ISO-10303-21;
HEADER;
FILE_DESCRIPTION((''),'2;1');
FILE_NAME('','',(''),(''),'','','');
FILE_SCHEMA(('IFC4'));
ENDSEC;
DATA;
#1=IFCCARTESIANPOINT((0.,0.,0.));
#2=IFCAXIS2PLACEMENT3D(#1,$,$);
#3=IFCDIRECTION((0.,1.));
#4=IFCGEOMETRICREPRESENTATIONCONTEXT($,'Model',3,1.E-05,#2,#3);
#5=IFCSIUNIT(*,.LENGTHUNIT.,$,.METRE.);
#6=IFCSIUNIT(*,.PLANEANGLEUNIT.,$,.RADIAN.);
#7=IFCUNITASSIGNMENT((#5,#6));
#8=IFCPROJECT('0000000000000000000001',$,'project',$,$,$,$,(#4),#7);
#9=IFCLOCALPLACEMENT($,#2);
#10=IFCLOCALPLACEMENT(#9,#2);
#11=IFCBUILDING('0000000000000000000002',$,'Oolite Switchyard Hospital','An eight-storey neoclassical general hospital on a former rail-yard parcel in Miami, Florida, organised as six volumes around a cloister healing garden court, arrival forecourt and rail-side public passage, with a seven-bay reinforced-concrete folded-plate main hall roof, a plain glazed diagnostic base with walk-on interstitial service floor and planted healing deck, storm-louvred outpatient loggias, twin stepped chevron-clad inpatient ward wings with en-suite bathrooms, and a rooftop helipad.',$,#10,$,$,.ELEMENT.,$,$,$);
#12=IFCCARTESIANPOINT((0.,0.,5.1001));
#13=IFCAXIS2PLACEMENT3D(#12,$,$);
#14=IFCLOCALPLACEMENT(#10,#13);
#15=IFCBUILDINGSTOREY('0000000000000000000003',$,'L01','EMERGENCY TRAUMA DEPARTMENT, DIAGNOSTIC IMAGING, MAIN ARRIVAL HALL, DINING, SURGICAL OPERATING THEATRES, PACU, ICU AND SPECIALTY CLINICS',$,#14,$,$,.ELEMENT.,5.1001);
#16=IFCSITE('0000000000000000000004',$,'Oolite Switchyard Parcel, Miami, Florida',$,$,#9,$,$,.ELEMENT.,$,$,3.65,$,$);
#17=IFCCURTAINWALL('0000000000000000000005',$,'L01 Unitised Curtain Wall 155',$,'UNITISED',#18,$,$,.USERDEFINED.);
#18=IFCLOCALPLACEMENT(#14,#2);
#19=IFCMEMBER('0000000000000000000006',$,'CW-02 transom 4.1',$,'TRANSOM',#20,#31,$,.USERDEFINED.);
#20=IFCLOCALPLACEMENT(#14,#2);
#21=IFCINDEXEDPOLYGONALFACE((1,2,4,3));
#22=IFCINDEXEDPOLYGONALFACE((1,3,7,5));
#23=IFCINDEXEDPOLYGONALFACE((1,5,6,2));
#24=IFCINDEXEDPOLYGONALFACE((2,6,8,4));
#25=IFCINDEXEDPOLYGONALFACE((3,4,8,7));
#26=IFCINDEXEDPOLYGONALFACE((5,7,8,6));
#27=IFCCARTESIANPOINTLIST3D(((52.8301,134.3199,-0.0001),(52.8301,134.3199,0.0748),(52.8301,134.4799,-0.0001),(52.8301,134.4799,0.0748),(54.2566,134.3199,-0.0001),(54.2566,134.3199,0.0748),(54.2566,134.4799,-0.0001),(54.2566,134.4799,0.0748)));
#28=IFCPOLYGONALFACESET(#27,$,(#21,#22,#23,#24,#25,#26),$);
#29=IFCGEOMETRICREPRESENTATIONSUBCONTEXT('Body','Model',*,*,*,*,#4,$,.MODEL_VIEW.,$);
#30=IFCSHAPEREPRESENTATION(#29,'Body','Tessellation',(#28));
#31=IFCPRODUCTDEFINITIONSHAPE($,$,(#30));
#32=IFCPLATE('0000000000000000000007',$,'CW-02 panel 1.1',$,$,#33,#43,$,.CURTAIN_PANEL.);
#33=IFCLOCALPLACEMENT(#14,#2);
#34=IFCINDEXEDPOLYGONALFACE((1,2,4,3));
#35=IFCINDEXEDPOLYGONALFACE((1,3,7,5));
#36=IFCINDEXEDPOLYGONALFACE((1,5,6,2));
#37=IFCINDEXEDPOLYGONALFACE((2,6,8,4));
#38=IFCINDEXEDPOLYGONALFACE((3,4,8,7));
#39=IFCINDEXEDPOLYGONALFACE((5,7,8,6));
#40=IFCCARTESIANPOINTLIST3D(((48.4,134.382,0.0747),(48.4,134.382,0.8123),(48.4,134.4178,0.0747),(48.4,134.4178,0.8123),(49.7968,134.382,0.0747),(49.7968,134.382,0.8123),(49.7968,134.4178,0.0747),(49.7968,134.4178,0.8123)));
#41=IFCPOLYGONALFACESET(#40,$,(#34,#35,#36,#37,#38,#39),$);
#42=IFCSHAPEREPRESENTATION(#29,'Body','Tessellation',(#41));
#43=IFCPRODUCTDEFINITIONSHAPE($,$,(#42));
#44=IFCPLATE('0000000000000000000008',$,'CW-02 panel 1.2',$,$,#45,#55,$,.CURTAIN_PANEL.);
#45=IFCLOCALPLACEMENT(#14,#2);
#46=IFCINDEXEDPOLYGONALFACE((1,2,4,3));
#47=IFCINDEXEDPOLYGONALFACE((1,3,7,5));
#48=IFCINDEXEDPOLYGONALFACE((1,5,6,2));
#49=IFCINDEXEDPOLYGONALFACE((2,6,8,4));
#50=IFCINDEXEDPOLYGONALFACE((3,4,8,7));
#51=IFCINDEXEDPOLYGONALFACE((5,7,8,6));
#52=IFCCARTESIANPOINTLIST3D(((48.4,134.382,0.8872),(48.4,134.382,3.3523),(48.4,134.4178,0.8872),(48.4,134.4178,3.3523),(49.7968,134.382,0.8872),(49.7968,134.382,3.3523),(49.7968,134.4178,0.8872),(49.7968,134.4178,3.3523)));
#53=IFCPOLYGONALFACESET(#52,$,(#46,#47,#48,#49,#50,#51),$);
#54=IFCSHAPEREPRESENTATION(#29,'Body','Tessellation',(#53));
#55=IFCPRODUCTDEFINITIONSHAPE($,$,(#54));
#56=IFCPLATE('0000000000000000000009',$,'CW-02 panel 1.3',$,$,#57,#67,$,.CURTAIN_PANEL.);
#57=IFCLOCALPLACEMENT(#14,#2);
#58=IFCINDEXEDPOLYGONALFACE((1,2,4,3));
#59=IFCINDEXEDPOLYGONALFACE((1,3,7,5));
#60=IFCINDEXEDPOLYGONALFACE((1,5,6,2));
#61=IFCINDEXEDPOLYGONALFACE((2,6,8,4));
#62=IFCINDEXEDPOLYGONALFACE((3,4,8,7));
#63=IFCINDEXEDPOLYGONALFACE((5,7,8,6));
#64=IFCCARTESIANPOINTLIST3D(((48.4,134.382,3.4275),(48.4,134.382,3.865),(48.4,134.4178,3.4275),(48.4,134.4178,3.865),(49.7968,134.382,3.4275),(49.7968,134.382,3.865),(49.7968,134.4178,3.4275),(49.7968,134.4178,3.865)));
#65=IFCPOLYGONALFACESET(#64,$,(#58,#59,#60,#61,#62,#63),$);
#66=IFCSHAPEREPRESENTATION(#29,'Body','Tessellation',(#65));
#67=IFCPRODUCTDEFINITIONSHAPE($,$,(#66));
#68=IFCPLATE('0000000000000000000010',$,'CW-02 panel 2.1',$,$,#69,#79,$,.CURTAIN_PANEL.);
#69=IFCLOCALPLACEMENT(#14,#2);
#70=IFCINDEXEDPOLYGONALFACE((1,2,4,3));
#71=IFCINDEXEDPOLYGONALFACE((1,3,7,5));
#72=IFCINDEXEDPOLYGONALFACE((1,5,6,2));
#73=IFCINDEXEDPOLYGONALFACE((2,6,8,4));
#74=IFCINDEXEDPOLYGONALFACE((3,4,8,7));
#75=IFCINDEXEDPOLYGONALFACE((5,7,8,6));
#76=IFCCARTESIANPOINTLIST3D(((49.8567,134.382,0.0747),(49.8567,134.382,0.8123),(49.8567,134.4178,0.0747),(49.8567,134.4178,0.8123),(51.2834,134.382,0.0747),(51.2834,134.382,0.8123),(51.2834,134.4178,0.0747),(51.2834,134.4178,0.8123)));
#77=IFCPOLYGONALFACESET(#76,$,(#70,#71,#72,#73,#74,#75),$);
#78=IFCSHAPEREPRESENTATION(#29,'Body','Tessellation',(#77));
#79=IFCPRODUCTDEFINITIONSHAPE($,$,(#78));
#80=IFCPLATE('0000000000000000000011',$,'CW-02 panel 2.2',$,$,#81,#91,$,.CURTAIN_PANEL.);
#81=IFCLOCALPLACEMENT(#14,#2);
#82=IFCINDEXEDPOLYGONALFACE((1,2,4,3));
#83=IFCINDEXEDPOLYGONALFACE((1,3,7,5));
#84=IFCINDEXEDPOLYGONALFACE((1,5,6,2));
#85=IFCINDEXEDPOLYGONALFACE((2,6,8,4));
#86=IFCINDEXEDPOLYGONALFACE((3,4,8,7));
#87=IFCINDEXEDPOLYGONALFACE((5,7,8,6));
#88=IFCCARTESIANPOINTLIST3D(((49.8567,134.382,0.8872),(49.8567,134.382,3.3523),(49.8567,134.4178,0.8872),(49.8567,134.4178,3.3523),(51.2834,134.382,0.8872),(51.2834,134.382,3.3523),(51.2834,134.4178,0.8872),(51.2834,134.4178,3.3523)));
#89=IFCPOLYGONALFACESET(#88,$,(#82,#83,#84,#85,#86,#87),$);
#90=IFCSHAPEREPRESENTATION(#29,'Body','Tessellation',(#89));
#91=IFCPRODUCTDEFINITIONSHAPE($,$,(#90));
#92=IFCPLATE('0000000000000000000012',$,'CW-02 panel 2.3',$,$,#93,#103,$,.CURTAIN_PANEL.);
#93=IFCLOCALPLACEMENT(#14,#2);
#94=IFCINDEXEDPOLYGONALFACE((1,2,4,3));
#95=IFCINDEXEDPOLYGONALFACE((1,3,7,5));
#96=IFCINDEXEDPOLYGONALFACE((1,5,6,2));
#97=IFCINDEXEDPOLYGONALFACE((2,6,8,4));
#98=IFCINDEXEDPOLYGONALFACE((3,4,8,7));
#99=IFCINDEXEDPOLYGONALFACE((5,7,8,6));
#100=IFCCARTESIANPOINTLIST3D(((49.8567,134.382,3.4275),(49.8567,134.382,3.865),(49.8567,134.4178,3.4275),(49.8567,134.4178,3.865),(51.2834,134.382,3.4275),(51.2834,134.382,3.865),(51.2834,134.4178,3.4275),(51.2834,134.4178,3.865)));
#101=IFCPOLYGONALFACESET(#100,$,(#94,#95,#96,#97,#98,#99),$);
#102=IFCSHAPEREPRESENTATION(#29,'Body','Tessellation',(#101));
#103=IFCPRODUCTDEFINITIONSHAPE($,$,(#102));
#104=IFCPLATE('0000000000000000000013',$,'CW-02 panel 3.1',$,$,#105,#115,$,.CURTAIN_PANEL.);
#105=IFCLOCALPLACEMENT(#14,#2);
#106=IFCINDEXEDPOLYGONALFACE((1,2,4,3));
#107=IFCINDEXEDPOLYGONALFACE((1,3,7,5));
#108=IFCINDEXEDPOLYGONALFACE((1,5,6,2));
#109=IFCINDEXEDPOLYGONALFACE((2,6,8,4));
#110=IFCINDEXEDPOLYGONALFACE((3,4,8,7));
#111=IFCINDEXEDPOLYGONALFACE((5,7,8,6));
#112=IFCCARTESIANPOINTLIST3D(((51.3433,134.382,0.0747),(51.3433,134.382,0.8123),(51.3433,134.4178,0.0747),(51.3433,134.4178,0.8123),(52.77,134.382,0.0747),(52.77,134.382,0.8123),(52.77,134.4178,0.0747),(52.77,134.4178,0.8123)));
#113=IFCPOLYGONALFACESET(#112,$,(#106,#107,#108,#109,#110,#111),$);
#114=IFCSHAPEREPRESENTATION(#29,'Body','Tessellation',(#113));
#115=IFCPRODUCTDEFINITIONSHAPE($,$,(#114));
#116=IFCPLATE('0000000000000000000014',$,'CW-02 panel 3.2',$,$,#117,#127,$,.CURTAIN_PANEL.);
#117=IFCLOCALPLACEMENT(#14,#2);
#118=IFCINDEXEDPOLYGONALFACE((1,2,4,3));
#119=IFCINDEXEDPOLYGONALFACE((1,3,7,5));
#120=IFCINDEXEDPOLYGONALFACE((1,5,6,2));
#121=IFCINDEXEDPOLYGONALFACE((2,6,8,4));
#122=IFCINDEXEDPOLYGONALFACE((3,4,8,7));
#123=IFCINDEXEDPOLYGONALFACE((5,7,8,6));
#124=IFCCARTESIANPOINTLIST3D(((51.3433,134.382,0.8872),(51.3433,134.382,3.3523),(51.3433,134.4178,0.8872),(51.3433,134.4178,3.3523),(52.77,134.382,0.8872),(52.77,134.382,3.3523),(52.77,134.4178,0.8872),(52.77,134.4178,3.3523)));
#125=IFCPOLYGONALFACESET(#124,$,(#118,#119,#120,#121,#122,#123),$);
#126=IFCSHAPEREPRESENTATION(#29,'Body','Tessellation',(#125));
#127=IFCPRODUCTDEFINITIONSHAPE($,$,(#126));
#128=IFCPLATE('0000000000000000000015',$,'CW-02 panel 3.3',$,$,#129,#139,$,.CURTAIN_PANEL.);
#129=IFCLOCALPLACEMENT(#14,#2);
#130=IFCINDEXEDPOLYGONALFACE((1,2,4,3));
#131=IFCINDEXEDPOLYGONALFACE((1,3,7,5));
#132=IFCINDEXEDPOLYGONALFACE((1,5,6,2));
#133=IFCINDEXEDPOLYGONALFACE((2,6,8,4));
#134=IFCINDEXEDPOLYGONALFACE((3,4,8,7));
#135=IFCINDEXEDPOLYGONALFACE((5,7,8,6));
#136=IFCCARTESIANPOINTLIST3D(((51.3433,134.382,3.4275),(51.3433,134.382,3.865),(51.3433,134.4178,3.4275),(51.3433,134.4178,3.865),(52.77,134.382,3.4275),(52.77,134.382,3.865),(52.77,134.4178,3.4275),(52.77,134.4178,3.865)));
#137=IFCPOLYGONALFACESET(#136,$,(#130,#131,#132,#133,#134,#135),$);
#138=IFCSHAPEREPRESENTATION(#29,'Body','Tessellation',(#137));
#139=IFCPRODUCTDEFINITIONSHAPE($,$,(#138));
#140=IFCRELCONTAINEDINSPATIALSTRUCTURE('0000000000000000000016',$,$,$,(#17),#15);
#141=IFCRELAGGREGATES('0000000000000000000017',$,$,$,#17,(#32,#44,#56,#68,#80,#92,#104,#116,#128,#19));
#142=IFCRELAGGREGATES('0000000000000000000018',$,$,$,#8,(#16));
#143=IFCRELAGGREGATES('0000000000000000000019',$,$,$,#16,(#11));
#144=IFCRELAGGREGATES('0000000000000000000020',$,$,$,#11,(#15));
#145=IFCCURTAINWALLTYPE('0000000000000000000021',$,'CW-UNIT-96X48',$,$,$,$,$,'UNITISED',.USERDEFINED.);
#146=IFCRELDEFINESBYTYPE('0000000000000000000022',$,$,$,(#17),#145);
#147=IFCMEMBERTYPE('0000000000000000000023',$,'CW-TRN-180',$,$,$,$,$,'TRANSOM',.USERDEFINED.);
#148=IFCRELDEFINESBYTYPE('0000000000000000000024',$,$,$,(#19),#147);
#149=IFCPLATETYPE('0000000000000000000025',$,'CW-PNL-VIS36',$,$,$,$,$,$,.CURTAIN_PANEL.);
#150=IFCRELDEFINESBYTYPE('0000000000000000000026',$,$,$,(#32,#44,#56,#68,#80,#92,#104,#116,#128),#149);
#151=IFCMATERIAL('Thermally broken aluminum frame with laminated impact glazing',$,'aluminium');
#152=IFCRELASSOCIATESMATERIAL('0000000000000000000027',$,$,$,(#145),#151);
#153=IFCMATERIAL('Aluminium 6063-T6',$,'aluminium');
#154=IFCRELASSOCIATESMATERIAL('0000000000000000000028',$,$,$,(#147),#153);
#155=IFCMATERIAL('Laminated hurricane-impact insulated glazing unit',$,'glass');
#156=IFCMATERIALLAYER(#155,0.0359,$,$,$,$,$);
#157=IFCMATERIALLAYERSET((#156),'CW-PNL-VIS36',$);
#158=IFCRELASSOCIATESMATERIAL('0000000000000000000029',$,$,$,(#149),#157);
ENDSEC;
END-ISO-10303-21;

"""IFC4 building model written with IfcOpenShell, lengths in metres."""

from ifc_helpers import new_model, si_unit, direction, frame, origin, origin_2d, place, context, subcontext, project, spatial, rectangle, extrude, material, layer, layer_set, material_profile, profile_set, type_object, element, aggregate, save


model = new_model("IFC4")

# Units and contexts
model_context = context("Model", 3, precision=1e-05, world=origin(), true_north=direction((0.0, 1.0)))
body_context = subcontext(model_context, "Body", "Model", "MODEL_VIEW")
ifc_project = project(units=[si_unit("LENGTHUNIT", "METRE"), si_unit("PLANEANGLEUNIT", "RADIAN")], contexts=[model_context])

# Site, building, storey
site_placement = place(None, origin())
site = spatial("IfcSite", under=ifc_project, at=site_placement, Name="Oolite Switchyard Parcel, Miami, Florida", CompositionType="ELEMENT", RefElevation=3.65)
building_placement = place(site_placement, origin())
building = spatial("IfcBuilding", under=site, at=building_placement, Name="Oolite Switchyard Hospital", Description="An eight-storey neoclassical general hospital on a former rail-yard parcel in Miami, Florida, organised as six volumes around a cloister healing garden court, arrival forecourt and rail-side public passage, with a seven-bay reinforced-concrete folded-plate main hall roof, a plain glazed diagnostic base with walk-on interstitial service floor and planted healing deck, storm-louvred outpatient loggias, twin stepped chevron-clad inpatient ward wings with en-suite bathrooms, and a rooftop helipad.", CompositionType="ELEMENT")
storey_placement = place(building_placement, frame((0.0, 0.0, 5.1001)))
storey = spatial("IfcBuildingStorey", under=building, at=storey_placement, Name="L01", Description="EMERGENCY TRAUMA DEPARTMENT, DIAGNOSTIC IMAGING, MAIN ARRIVAL HALL, DINING, SURGICAL OPERATING THEATRES, PACU, ICU AND SPECIALTY CLINICS", CompositionType="ELEMENT", Elevation=5.1001)

# Curtain wall, member, plates
ifc_material_1 = material(Name="Thermally broken aluminum frame with laminated impact glazing", Category="aluminium")
curtain_wall_type = type_object("IfcCurtainWallType", Name="CW-UNIT-96X48", ElementType="UNITISED", PredefinedType="USERDEFINED", material=ifc_material_1)
curtain_wall_placement = place(storey_placement, origin())
curtain_wall = element("IfcCurtainWall", 1, at=curtain_wall_placement, inside=storey, type_object=curtain_wall_type, Name="L01 Unitised Curtain Wall 155", ObjectType="UNITISED", PredefinedType="USERDEFINED")
ifc_material_2 = material(Name="Aluminium 6063-T6", Category="aluminium")
ifc_material_profile_1 = material_profile(ifc_material_2, rectangle(XDim=0.1599, YDim=0.075, at=origin_2d()), Name="CWT75X160")
ifc_profile_set_1 = profile_set([ifc_material_profile_1], Name="Aluminium 6063-T6")
member_type_1 = type_object("IfcMemberType", Name="CW-TRN-180", ElementType="TRANSOM", PredefinedType="USERDEFINED", material=ifc_profile_set_1)
member_1_placement = place(storey_placement, frame((52.8301, 134.3999, 0.0374), z_axis=(1.0, 0.0, 0.0), x_axis=(0.0, 1.0, 0.0)))
member_1 = element("IfcMember", 2, at=member_1_placement, type_object=member_type_1, Name="CW-02 transom 4.1", ObjectType="TRANSOM", PredefinedType="USERDEFINED", context=body_context, shape_type="SweptSolid", body=[
    extrude(rectangle(XDim=0.1599, YDim=0.075, at=origin_2d()), origin(), (0.0, 0.0, 1.0), 1.4265),
])
ifc_material_3 = material(Name="Laminated hurricane-impact insulated glazing unit", Category="glass")
ifc_layer = layer(ifc_material_3, 0.0359)
ifc_layer_set = layer_set([ifc_layer], Name="CW-PNL-VIS36")
plate_type = type_object("IfcPlateType", Name="CW-PNL-VIS36", PredefinedType="CURTAIN_PANEL", material=ifc_layer_set)
plate_1_placement = place(storey_placement, frame((49.0984, 134.3999, 0.0747), z_axis=(0.0, 0.0, 1.0), x_axis=(1.0, 0.0, 0.0)))
plate_1 = element("IfcPlate", 3, at=plate_1_placement, type_object=plate_type, Name="CW-02 panel 1.1", PredefinedType="CURTAIN_PANEL", context=body_context, shape_type="SweptSolid", body=[
    extrude(rectangle(XDim=1.3967, YDim=0.0359, at=origin_2d()), origin(), (0.0, 0.0, 1.0), 0.7375),
])
plate_2_placement = place(storey_placement, frame((49.0984, 134.3999, 0.8872), z_axis=(0.0, 0.0, 1.0), x_axis=(1.0, 0.0, 0.0)))
plate_2 = element("IfcPlate", 4, at=plate_2_placement, type_object=plate_type, Name="CW-02 panel 1.2", PredefinedType="CURTAIN_PANEL", context=body_context, shape_type="SweptSolid", body=[
    extrude(rectangle(XDim=1.3967, YDim=0.0359, at=origin_2d()), origin(), (0.0, 0.0, 1.0), 2.4651),
])
plate_3_placement = place(storey_placement, frame((49.0984, 134.3999, 3.4275), z_axis=(0.0, 0.0, 1.0), x_axis=(1.0, 0.0, 0.0)))
plate_3 = element("IfcPlate", 5, at=plate_3_placement, type_object=plate_type, Name="CW-02 panel 1.3", PredefinedType="CURTAIN_PANEL", context=body_context, shape_type="SweptSolid", body=[
    extrude(rectangle(XDim=1.3967, YDim=0.0359, at=origin_2d()), origin(), (0.0, 0.0, 1.0), 0.4375),
])
plate_4_placement = place(storey_placement, frame((50.5701, 134.3999, 0.0747), z_axis=(0.0, 0.0, 1.0), x_axis=(1.0, 0.0, 0.0)))
plate_4 = element("IfcPlate", 6, at=plate_4_placement, type_object=plate_type, Name="CW-02 panel 2.1", PredefinedType="CURTAIN_PANEL", context=body_context, shape_type="SweptSolid", body=[
    extrude(rectangle(XDim=1.4268, YDim=0.0359, at=origin_2d()), origin(), (0.0, 0.0, 1.0), 0.7375),
])
plate_5_placement = place(storey_placement, frame((50.5701, 134.3999, 0.8872), z_axis=(0.0, 0.0, 1.0), x_axis=(1.0, 0.0, 0.0)))
plate_5 = element("IfcPlate", 7, at=plate_5_placement, type_object=plate_type, Name="CW-02 panel 2.2", PredefinedType="CURTAIN_PANEL", context=body_context, shape_type="SweptSolid", body=[
    extrude(rectangle(XDim=1.4268, YDim=0.0359, at=origin_2d()), origin(), (0.0, 0.0, 1.0), 2.4651),
])
plate_6_placement = place(storey_placement, frame((50.5701, 134.3999, 3.4275), z_axis=(0.0, 0.0, 1.0), x_axis=(1.0, 0.0, 0.0)))
plate_6 = element("IfcPlate", 8, at=plate_6_placement, type_object=plate_type, Name="CW-02 panel 2.3", PredefinedType="CURTAIN_PANEL", context=body_context, shape_type="SweptSolid", body=[
    extrude(rectangle(XDim=1.4268, YDim=0.0359, at=origin_2d()), origin(), (0.0, 0.0, 1.0), 0.4375),
])
plate_7_placement = place(storey_placement, frame((52.0566, 134.3999, 0.0747), z_axis=(0.0, 0.0, 1.0), x_axis=(1.0, 0.0, 0.0)))
plate_7 = element("IfcPlate", 9, at=plate_7_placement, type_object=plate_type, Name="CW-02 panel 3.1", PredefinedType="CURTAIN_PANEL", context=body_context, shape_type="SweptSolid", body=[
    extrude(rectangle(XDim=1.4268, YDim=0.0359, at=origin_2d()), origin(), (0.0, 0.0, 1.0), 0.7375),
])
plate_8_placement = place(storey_placement, frame((52.0566, 134.3999, 0.8872), z_axis=(0.0, 0.0, 1.0), x_axis=(1.0, 0.0, 0.0)))
plate_8 = element("IfcPlate", 10, at=plate_8_placement, type_object=plate_type, Name="CW-02 panel 3.2", PredefinedType="CURTAIN_PANEL", context=body_context, shape_type="SweptSolid", body=[
    extrude(rectangle(XDim=1.4268, YDim=0.0359, at=origin_2d()), origin(), (0.0, 0.0, 1.0), 2.4651),
])
plate_9_placement = place(storey_placement, frame((52.0566, 134.3999, 3.4275), z_axis=(0.0, 0.0, 1.0), x_axis=(1.0, 0.0, 0.0)))
plate_9 = element("IfcPlate", 11, at=plate_9_placement, type_object=plate_type, Name="CW-02 panel 3.3", PredefinedType="CURTAIN_PANEL", context=body_context, shape_type="SweptSolid", body=[
    extrude(rectangle(XDim=1.4268, YDim=0.0359, at=origin_2d()), origin(), (0.0, 0.0, 1.0), 0.4375),
])
aggregate(curtain_wall, [plate_1, plate_2, plate_3, plate_4, plate_5, plate_6, plate_7, plate_8, plate_9, member_1])

save(model, "model.ifc")
